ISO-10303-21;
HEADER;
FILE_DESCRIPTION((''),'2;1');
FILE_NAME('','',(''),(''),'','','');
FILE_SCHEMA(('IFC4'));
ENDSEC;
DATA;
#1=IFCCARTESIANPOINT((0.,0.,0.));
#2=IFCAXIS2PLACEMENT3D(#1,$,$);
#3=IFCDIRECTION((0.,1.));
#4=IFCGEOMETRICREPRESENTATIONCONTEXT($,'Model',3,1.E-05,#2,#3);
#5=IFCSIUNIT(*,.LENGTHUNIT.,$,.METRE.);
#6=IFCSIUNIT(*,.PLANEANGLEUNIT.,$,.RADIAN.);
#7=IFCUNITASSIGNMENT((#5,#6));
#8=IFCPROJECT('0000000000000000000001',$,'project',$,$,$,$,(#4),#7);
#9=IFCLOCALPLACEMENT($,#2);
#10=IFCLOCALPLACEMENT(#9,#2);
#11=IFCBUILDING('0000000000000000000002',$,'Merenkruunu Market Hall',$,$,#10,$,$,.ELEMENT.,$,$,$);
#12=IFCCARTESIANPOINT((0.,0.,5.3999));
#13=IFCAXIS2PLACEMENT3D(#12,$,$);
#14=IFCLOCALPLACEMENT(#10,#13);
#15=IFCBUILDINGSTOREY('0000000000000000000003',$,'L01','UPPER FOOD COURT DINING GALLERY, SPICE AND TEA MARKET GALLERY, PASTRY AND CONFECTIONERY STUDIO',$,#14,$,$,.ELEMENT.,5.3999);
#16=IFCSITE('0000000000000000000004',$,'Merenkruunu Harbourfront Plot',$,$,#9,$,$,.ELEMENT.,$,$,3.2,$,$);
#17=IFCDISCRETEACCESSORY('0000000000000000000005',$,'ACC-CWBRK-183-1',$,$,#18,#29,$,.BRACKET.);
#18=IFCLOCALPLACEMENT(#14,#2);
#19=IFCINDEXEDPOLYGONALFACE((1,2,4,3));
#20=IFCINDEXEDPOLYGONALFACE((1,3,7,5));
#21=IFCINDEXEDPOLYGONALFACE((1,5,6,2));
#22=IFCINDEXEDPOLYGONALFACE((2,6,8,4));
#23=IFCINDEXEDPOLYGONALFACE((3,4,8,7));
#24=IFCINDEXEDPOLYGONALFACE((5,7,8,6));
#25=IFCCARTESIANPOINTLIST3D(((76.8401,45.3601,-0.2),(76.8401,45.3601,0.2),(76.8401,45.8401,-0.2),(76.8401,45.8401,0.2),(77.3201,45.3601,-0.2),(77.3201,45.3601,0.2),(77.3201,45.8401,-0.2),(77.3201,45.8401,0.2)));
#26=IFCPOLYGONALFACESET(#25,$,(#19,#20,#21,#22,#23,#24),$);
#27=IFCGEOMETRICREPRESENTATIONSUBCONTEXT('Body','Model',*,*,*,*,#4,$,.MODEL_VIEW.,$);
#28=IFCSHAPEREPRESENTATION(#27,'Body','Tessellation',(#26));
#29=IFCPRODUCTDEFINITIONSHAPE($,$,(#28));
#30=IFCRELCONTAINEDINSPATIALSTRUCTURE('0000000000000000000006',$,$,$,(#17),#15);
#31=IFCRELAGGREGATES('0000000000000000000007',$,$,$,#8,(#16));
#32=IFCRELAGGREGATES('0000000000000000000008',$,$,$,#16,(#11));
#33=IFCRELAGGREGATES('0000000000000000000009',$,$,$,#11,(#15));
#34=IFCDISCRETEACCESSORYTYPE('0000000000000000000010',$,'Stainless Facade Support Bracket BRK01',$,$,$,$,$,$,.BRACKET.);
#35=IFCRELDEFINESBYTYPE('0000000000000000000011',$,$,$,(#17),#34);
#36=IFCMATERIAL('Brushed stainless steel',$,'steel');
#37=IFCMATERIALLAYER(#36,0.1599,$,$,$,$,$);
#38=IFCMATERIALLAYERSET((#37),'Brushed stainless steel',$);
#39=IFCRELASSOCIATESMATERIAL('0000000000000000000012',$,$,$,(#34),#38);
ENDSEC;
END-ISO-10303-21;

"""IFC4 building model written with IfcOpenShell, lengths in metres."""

from ifc_helpers import new_model, si_unit, direction, frame, origin, origin_2d, place, context, subcontext, project, spatial, rectangle, extrude, material, layer, layer_set, type_object, element, save


model = new_model("IFC4")

# Units and contexts
model_context = context("Model", 3, precision=1e-05, world=origin(), true_north=direction((0.0, 1.0)))
body_context = subcontext(model_context, "Body", "Model", "MODEL_VIEW")
ifc_project = project(units=[si_unit("LENGTHUNIT", "METRE"), si_unit("PLANEANGLEUNIT", "RADIAN")], contexts=[model_context])

# Site, building, storey
site_placement = place(None, origin())
site = spatial("IfcSite", under=ifc_project, at=site_placement, Name="Merenkruunu Harbourfront Plot", CompositionType="ELEMENT", RefElevation=3.2)
building_placement = place(site_placement, origin())
building = spatial("IfcBuilding", under=site, at=building_placement, Name="Merenkruunu Market Hall", CompositionType="ELEMENT")
storey_placement = place(building_placement, frame((0.0, 0.0, 5.3999)))
storey = spatial("IfcBuildingStorey", under=building, at=storey_placement, Name="L01", Description="UPPER FOOD COURT DINING GALLERY, SPICE AND TEA MARKET GALLERY, PASTRY AND CONFECTIONERY STUDIO", CompositionType="ELEMENT", Elevation=5.3999)

# Discrete accessory
ifc_material_1 = material(Name="Brushed stainless steel", Category="steel")
ifc_layer_1 = layer(ifc_material_1, 0.1599)
ifc_layer_set_1 = layer_set([ifc_layer_1], Name="Brushed stainless steel")
discrete_accessory_type = type_object("IfcDiscreteAccessoryType", Name="Stainless Facade Support Bracket BRK01", PredefinedType="BRACKET", material=ifc_layer_set_1)
for number, where, z_axis, x_axis, name in (
    (1, (77.0801, 45.6001, -0.2), (0.0, 0.0, 1.0), (1.0, 0.0, 0.0), "ACC-CWBRK-183-1"),
):
    element("IfcDiscreteAccessory", number, at=place(storey_placement, frame(where, z_axis=z_axis, x_axis=x_axis)), inside=storey, type_object=discrete_accessory_type, Name=name, PredefinedType="BRACKET", context=body_context, shape_type="SweptSolid", body=[
        extrude(rectangle(XDim=0.48, YDim=0.48, at=origin_2d()), origin(), (0.0, 0.0, 1.0), 0.3999),
    ])

save(model, "model.ifc")
